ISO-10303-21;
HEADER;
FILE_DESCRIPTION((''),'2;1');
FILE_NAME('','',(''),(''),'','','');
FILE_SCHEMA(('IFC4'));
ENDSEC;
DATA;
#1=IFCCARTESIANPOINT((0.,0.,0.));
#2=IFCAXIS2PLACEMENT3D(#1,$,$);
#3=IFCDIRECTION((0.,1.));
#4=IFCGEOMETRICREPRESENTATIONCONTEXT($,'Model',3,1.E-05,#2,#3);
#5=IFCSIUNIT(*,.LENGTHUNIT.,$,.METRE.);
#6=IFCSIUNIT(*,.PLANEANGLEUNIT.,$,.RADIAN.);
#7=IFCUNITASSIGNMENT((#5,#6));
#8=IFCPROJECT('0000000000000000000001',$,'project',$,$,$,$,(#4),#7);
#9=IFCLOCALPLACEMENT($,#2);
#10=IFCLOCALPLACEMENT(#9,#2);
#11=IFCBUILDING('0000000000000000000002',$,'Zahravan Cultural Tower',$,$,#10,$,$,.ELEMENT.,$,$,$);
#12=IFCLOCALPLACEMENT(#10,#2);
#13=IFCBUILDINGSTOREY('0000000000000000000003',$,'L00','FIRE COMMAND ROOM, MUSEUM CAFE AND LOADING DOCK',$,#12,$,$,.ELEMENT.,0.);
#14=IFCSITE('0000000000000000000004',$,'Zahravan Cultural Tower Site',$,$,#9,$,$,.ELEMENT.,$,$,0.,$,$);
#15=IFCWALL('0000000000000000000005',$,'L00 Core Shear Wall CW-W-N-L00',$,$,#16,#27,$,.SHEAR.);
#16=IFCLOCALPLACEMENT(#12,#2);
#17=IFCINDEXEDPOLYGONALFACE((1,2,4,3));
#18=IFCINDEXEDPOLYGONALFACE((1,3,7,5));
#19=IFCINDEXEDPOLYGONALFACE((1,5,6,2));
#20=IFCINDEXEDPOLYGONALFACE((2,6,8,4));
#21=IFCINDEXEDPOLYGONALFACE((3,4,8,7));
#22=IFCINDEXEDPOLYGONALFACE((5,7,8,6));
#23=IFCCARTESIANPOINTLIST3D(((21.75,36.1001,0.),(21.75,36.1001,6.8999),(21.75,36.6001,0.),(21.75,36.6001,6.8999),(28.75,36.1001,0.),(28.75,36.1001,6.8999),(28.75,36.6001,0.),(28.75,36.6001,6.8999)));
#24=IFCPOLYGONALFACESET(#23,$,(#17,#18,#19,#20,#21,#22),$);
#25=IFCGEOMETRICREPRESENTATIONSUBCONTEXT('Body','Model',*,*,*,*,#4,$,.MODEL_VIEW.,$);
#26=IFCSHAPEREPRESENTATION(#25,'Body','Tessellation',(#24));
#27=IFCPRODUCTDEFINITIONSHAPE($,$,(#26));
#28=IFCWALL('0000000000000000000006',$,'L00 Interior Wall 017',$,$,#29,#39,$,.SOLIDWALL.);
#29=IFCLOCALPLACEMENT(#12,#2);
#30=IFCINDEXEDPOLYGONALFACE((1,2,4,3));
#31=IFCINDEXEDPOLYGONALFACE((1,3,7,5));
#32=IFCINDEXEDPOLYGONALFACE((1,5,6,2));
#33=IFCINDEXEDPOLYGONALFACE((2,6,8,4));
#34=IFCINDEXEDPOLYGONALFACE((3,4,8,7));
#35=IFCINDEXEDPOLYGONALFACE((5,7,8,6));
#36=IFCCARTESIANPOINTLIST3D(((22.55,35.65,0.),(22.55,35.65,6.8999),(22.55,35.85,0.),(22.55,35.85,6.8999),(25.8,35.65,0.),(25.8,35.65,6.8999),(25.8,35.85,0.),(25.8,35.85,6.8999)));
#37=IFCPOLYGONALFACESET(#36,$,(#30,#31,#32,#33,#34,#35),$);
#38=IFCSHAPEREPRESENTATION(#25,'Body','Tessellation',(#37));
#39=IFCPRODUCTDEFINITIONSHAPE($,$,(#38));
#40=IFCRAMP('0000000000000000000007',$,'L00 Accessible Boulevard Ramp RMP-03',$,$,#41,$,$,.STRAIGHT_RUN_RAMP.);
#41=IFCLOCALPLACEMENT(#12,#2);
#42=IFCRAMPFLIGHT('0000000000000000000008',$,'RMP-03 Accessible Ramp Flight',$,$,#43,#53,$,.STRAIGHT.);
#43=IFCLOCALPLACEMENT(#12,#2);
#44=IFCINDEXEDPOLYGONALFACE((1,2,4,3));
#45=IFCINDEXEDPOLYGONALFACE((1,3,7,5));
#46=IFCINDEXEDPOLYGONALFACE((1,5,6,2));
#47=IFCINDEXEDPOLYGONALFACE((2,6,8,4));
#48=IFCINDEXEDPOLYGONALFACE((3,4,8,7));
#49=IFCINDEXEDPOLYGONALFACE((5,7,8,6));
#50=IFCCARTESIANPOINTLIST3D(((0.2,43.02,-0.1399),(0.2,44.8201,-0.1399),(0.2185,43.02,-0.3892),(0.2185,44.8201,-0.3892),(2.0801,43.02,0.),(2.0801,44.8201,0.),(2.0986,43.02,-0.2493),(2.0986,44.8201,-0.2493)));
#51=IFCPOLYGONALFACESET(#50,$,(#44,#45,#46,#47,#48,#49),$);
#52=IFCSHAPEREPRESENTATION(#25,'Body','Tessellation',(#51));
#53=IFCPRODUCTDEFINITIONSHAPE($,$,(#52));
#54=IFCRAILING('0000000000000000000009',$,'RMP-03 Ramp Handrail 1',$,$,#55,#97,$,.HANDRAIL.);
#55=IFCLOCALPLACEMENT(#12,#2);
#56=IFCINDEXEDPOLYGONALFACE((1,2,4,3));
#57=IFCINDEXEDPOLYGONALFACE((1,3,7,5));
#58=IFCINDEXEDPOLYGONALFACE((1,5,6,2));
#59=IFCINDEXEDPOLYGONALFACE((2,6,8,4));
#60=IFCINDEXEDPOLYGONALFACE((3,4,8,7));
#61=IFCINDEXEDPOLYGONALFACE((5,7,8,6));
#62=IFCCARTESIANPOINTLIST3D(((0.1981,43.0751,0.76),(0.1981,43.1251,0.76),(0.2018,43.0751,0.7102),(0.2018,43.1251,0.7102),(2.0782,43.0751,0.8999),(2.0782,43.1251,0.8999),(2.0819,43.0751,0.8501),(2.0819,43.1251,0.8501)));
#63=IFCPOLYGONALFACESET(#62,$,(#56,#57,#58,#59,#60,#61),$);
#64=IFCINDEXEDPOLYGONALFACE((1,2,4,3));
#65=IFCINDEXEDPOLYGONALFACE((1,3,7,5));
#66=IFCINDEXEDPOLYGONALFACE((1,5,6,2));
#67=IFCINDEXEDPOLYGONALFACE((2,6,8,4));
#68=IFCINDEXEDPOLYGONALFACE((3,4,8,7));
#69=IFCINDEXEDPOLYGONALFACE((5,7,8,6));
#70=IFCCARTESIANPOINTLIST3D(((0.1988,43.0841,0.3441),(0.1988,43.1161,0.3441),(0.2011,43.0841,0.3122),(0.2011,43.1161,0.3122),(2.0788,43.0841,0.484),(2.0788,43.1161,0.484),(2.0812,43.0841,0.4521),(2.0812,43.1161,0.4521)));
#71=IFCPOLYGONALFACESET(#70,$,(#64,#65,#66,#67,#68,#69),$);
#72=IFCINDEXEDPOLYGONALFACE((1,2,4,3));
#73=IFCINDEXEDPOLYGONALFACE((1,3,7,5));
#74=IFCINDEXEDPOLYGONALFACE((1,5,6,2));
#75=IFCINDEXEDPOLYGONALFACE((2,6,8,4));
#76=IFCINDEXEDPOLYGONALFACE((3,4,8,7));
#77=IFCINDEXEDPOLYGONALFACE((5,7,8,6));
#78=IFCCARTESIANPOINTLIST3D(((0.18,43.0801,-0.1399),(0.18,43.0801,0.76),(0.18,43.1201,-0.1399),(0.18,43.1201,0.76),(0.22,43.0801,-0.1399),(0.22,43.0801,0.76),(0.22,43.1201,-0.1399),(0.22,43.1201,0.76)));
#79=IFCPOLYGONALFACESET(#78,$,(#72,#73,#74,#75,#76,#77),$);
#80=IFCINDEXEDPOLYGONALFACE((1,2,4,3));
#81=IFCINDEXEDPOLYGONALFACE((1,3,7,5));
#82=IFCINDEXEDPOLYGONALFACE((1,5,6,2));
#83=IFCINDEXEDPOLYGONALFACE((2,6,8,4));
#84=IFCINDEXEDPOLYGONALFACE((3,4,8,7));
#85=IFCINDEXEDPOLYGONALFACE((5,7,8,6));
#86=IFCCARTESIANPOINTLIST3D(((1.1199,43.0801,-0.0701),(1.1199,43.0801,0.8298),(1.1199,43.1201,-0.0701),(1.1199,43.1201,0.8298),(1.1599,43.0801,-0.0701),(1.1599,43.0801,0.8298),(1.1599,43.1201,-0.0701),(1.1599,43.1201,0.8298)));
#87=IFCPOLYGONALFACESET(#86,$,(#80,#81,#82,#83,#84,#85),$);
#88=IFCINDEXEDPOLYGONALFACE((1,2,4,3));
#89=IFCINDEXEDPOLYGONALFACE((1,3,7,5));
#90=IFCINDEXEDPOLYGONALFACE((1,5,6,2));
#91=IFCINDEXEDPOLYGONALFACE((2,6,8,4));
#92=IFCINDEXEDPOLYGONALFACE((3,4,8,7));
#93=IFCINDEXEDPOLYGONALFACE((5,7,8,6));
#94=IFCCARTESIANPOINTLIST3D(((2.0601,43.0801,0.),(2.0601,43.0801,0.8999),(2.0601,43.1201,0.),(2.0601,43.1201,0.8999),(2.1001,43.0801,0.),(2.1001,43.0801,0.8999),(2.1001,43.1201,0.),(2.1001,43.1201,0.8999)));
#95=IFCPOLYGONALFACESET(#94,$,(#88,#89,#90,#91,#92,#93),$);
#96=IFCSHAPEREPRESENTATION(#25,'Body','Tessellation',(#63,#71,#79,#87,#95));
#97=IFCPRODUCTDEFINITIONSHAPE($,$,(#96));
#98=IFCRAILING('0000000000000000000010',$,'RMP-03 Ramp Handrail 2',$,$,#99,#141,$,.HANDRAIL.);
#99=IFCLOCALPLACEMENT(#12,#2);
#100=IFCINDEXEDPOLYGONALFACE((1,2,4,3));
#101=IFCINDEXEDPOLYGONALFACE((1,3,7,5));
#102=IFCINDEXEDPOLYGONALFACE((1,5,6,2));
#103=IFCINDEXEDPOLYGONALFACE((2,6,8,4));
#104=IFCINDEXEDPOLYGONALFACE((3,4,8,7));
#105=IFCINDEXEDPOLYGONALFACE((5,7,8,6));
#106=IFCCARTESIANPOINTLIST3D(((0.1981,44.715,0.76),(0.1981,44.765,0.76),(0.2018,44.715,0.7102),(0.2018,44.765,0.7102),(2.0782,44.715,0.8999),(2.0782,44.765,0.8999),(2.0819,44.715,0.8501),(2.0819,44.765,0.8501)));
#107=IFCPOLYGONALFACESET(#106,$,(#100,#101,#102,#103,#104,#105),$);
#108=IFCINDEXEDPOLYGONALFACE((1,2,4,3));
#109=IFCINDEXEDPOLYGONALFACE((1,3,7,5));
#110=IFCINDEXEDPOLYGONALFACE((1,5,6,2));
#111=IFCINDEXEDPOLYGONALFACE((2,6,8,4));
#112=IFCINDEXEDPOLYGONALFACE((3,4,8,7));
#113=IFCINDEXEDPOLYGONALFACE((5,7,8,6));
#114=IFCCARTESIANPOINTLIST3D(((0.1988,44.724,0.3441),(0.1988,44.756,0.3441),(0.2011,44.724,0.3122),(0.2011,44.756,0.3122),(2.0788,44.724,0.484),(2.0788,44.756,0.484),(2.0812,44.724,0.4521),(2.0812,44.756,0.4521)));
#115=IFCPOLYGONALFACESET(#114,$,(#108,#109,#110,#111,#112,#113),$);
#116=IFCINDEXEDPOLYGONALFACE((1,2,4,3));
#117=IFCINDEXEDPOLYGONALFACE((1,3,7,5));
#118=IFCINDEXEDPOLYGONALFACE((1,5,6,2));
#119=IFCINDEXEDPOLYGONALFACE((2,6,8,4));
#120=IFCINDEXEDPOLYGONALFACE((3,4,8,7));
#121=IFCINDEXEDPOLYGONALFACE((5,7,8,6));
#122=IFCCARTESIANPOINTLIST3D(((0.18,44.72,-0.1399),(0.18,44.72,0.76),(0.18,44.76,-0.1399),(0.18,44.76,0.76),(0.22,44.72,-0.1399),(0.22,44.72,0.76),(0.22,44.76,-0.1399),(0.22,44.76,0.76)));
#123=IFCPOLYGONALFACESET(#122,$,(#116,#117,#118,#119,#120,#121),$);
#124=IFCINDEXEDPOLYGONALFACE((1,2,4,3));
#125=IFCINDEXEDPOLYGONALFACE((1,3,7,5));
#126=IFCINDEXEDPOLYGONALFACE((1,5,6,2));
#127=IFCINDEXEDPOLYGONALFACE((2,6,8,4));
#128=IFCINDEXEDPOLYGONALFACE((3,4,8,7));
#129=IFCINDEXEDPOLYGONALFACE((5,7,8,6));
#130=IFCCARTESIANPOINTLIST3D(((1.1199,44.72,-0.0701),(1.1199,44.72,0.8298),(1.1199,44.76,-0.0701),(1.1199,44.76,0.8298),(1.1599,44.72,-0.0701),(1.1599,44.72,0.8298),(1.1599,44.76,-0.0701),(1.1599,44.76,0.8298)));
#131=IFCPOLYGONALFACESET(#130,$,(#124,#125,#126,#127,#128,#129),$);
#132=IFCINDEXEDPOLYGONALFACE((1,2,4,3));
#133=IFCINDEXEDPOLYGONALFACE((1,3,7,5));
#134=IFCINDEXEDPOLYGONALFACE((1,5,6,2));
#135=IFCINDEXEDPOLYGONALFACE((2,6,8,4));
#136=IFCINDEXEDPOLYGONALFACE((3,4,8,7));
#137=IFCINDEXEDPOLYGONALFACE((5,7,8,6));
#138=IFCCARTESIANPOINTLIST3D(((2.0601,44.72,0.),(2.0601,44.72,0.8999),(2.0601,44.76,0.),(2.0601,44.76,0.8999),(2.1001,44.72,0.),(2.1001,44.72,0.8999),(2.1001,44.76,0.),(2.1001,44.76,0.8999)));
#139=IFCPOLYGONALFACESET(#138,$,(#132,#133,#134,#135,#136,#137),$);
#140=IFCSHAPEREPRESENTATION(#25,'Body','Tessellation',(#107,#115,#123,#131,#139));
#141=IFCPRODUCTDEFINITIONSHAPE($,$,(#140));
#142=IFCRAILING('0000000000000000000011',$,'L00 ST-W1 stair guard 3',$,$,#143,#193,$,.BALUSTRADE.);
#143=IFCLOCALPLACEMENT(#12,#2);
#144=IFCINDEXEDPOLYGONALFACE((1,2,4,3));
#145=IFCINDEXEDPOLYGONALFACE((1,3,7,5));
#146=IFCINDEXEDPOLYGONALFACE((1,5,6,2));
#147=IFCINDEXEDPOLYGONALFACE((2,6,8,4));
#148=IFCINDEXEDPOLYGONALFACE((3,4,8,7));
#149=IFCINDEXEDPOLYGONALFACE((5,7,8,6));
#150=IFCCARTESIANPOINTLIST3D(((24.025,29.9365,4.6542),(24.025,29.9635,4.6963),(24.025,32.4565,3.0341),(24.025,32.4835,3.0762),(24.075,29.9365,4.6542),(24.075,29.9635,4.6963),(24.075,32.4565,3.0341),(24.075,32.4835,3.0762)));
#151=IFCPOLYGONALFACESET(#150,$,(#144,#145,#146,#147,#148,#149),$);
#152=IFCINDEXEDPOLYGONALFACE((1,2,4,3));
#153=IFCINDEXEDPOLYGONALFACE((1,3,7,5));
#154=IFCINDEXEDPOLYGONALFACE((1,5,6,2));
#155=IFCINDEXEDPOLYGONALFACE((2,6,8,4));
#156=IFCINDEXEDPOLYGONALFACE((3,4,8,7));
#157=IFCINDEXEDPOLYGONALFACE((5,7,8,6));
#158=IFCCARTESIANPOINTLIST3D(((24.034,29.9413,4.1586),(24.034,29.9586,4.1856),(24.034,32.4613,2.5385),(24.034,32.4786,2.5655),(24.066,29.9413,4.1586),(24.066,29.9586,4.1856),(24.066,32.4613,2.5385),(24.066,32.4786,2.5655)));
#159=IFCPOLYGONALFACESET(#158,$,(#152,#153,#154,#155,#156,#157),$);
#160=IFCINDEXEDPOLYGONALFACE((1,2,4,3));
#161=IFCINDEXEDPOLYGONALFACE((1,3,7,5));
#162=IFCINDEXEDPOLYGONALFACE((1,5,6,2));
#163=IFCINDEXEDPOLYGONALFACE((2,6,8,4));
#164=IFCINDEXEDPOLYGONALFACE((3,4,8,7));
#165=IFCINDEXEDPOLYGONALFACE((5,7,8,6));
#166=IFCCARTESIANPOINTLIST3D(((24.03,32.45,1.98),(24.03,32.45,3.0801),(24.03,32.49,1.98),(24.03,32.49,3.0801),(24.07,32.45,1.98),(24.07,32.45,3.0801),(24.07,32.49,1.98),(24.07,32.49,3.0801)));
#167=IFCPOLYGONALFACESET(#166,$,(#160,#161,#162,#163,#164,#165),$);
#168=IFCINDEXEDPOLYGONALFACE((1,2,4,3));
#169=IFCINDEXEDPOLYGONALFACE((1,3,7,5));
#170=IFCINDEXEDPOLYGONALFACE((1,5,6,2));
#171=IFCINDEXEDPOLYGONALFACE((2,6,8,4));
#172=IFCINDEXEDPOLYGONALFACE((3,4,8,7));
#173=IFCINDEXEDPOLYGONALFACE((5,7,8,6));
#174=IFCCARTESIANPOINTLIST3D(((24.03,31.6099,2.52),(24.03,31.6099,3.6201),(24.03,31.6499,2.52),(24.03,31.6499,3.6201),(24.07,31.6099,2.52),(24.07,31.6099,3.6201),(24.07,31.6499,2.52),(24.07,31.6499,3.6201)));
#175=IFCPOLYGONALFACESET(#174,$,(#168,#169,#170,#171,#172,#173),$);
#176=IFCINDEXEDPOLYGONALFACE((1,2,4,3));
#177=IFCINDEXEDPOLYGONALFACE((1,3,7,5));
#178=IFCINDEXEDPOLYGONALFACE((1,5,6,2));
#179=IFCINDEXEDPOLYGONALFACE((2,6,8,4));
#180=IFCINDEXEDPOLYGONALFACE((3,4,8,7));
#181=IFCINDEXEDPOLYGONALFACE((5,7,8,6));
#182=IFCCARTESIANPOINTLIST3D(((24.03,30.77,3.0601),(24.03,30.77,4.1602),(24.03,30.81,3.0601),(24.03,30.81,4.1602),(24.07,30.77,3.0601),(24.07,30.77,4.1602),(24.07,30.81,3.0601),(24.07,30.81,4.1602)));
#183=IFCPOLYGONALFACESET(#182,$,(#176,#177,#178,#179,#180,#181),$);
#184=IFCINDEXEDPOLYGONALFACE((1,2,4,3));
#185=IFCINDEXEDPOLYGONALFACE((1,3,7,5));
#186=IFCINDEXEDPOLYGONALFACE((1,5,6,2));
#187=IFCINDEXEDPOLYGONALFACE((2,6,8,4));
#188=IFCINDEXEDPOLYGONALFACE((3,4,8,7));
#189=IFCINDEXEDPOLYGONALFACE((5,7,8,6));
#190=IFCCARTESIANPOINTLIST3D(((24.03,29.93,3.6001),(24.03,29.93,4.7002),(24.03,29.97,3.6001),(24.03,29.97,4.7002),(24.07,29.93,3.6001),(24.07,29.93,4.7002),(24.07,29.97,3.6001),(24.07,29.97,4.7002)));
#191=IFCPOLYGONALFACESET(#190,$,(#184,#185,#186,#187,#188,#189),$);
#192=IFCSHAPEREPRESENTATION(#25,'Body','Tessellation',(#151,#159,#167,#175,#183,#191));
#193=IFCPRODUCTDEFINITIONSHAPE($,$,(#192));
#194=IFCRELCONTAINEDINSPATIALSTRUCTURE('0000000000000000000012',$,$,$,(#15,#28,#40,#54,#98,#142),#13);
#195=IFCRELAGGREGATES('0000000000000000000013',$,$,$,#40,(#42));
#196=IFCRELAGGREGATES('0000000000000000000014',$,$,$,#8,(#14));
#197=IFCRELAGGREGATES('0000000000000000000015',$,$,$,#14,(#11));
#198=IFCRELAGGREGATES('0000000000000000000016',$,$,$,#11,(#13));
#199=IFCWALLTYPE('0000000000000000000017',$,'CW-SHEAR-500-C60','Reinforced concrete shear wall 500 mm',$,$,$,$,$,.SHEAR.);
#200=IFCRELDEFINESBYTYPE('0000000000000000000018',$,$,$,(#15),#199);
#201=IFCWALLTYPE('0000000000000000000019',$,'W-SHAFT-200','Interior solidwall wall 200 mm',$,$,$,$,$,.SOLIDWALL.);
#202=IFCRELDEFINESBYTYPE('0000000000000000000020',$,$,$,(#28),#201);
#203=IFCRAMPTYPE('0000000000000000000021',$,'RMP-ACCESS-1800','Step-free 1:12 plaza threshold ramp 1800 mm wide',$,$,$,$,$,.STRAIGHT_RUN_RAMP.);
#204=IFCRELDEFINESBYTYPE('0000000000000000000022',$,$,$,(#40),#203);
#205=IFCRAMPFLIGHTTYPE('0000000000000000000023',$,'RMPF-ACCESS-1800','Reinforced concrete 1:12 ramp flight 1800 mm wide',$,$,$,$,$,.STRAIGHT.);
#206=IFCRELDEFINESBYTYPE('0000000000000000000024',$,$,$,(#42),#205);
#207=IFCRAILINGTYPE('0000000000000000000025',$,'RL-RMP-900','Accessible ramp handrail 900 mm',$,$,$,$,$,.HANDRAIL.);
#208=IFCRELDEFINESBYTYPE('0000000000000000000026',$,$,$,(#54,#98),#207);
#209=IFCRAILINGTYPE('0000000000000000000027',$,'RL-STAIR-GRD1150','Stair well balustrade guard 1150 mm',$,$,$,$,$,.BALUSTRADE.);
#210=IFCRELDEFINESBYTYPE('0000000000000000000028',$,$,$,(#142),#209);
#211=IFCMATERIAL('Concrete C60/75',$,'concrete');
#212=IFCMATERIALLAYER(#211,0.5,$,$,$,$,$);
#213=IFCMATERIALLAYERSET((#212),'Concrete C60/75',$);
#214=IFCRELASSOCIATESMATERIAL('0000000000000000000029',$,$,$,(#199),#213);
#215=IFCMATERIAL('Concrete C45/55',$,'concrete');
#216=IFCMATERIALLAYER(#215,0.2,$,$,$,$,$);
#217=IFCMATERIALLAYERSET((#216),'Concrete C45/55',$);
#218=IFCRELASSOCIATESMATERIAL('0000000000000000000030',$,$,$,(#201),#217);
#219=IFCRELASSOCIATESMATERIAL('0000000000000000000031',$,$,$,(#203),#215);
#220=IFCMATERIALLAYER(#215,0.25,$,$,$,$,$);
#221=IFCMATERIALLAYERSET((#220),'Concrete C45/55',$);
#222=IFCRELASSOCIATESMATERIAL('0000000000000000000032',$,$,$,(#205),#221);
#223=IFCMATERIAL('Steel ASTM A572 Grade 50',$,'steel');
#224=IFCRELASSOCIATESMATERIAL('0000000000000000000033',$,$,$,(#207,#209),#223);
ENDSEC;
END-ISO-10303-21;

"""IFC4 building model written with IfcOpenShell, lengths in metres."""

from ifc_helpers import new_model, si_unit, direction, frame, frame_2d, origin, origin_2d, place, context, subcontext, project, spatial, polyline, rectangle, outline, extrude, source, transform, mapped, material, layer, layer_set, type_object, element, aggregate, save


model = new_model("IFC4")

# Units and contexts
model_context = context("Model", 3, precision=1e-05, world=origin(), true_north=direction((0.0, 1.0)))
body_context = subcontext(model_context, "Body", "Model", "MODEL_VIEW")
ifc_project = project(units=[si_unit("LENGTHUNIT", "METRE"), si_unit("PLANEANGLEUNIT", "RADIAN")], contexts=[model_context])

# Site, building, storey
site_placement = place(None, origin())
site = spatial("IfcSite", under=ifc_project, at=site_placement, Name="Zahravan Cultural Tower Site", CompositionType="ELEMENT", RefElevation=0.0)
building_placement = place(site_placement, origin())
building = spatial("IfcBuilding", under=site, at=building_placement, Name="Zahravan Cultural Tower", CompositionType="ELEMENT")
storey_placement = place(building_placement, origin())
storey = spatial("IfcBuildingStorey", under=building, at=storey_placement, Name="L00", Description="FIRE COMMAND ROOM, MUSEUM CAFE AND LOADING DOCK", CompositionType="ELEMENT", Elevation=0.0)

# Shared definitions
ifc_material_1 = material(Name="Concrete C60/75", Category="concrete")
ifc_material_2 = material(Name="Steel ASTM A572 Grade 50", Category="steel")

# Walls
ifc_layer_1 = layer(ifc_material_1, 0.5)
ifc_layer_set_1 = layer_set([ifc_layer_1], Name="Concrete C60/75")
wall_type_1 = type_object("IfcWallType", Name="CW-SHEAR-500-C60", Description="Reinforced concrete shear wall 500 mm", PredefinedType="SHEAR", material=ifc_layer_set_1)
shared_shape_1 = source(origin(), body_context, "Body", "SweptSolid", [
    extrude(rectangle(XDim=7.0, YDim=0.5, at=frame_2d((3.5, 0.0))), origin(), (0.0, 0.0, 1.0), 6.8999),
])
wall_1_placement = place(storey_placement, frame((21.75, 36.3501, 0.0), z_axis=(0.0, 0.0, 1.0), x_axis=(1.0, 0.0, 0.0)))
element("IfcWall", 1, at=wall_1_placement, inside=storey, type_object=wall_type_1, Name="L00 Core Shear Wall CW-W-N-L00", PredefinedType="SHEAR", context=body_context, shape_type="MappedRepresentation", body=[
    mapped(shared_shape_1, transform((0.0, 0.0, 0.0), x_axis=(1.0, 0.0, 0.0), y_axis=(0.0, 1.0, 0.0), z_axis=(0.0, 0.0, 1.0), scale=1.0)),
])
ifc_material_3 = material(Name="Concrete C45/55", Category="concrete")
ifc_layer_2 = layer(ifc_material_3, 0.2)
ifc_layer_set_2 = layer_set([ifc_layer_2], Name="Concrete C45/55")
wall_type_2 = type_object("IfcWallType", Name="W-SHAFT-200", Description="Interior solidwall wall 200 mm", PredefinedType="SOLIDWALL", material=ifc_layer_set_2)
shared_shape_2 = source(origin(), body_context, "Body", "SweptSolid", [
    extrude(rectangle(XDim=3.25, YDim=0.2, at=frame_2d((1.625, 0.0))), origin(), (0.0, 0.0, 1.0), 6.8999),
])
wall_2_placement = place(storey_placement, frame((22.55, 35.75, 0.0), z_axis=(0.0, 0.0, 1.0), x_axis=(1.0, 0.0, 0.0)))
element("IfcWall", 2, at=wall_2_placement, inside=storey, type_object=wall_type_2, Name="L00 Interior Wall 017", PredefinedType="SOLIDWALL", context=body_context, shape_type="MappedRepresentation", body=[
    mapped(shared_shape_2, transform((0.0, 0.0, 0.0), x_axis=(1.0, 0.0, 0.0), y_axis=(0.0, 1.0, 0.0), z_axis=(0.0, 0.0, 1.0), scale=1.0)),
])

# Ramp, ramp flight
ramp_type = type_object("IfcRampType", Name="RMP-ACCESS-1800", Description="Step-free 1:12 plaza threshold ramp 1800 mm wide", PredefinedType="STRAIGHT_RUN_RAMP", material=ifc_material_3)
ramp_placement = place(storey_placement, origin())
ramp = element("IfcRamp", 3, at=ramp_placement, inside=storey, type_object=ramp_type, Name="L00 Accessible Boulevard Ramp RMP-03", PredefinedType="STRAIGHT_RUN_RAMP")
ifc_layer_3 = layer(ifc_material_3, 0.25)
ifc_layer_set_3 = layer_set([ifc_layer_3], Name="Concrete C45/55")
ramp_flight_type = type_object("IfcRampFlightType", Name="RMPF-ACCESS-1800", Description="Reinforced concrete 1:12 ramp flight 1800 mm wide", PredefinedType="STRAIGHT", material=ifc_layer_set_3)
ramp_flight_placement = place(storey_placement, frame((0.2, 43.02, -0.1399), z_axis=(-0.074201, 0.0, 0.997243), x_axis=(0.0, 1.0, 0.0)))
ramp_flight = element("IfcRampFlight", 4, at=ramp_flight_placement, type_object=ramp_flight_type, Name="RMP-03 Accessible Ramp Flight", PredefinedType="STRAIGHT", context=body_context, shape_type="SweptSolid", body=[
    extrude(outline(polyline([(0.0, 0.0), (1.8, 0.0), (1.8, -1.8853), (0.0, -1.8853), (0.0, 0.0)])), origin(), (0.0, 0.0, -1.0), 0.25),
])
aggregate(ramp, [ramp_flight])

# Railings
railing_type_1 = type_object("IfcRailingType", Name="RL-RMP-900", Description="Accessible ramp handrail 900 mm", PredefinedType="HANDRAIL", material=ifc_material_2)
for number, where, name in (
    (5, (0.2, 43.1001, -0.1399), "RMP-03 Ramp Handrail 1"),
    (6, (0.2, 44.74, -0.1399), "RMP-03 Ramp Handrail 2"),
):
    element("IfcRailing", number, at=place(storey_placement, frame(where)), inside=storey, type_object=railing_type_1, Name=name, PredefinedType="HANDRAIL", context=body_context, shape_type="SweptSolid", body=[
        extrude(rectangle(XDim=0.05, YDim=0.05, at=origin_2d()), frame((0.0, 0.0, 0.875), z_axis=(0.997243, 0.0, 0.074201), x_axis=(0.0, 1.0, 0.0)), (0.0, 0.0, 1.0), 1.8853),
        extrude(rectangle(XDim=0.032, YDim=0.032, at=origin_2d()), frame((0.0, 0.0, 0.468), z_axis=(0.997243, 0.0, 0.074201), x_axis=(0.0, 1.0, 0.0)), (0.0, 0.0, 1.0), 1.8853),
        extrude(rectangle(XDim=0.04, YDim=0.04, at=origin_2d()), origin(), (0.0, 0.0, 1.0), 0.8999),
        extrude(rectangle(XDim=0.04, YDim=0.04, at=origin_2d()), frame((0.9399, 0.0, 0.0698)), (0.0, 0.0, 1.0), 0.8999),
        extrude(rectangle(XDim=0.04, YDim=0.04, at=origin_2d()), frame((1.8801, 0.0, 0.1399)), (0.0, 0.0, 1.0), 0.8999),
    ])
railing_type_2 = type_object("IfcRailingType", Name="RL-STAIR-GRD1150", Description="Stair well balustrade guard 1150 mm", PredefinedType="BALUSTRADE", material=ifc_material_2)
railing_1_placement = place(storey_placement, frame((24.05, 32.47, 1.98)))
element("IfcRailing", 7, at=railing_1_placement, inside=storey, type_object=railing_type_2, Name="L00 ST-W1 stair guard 3", PredefinedType="BALUSTRADE", context=body_context, shape_type="SweptSolid", body=[
    extrude(rectangle(XDim=0.05, YDim=0.05, at=origin_2d()), frame((0.0, 0.0, 1.0752), z_axis=(0.0, -0.841163, 0.540782), x_axis=(1.0, 0.0, 0.0)), (0.0, 0.0, 1.0), 2.9958),
    extrude(rectangle(XDim=0.032, YDim=0.032, at=origin_2d()), frame((0.0, 0.0, 0.572), z_axis=(0.0, -0.841163, 0.540782), x_axis=(1.0, 0.0, 0.0)), (0.0, 0.0, 1.0), 2.9958),
    extrude(rectangle(XDim=0.04, YDim=0.04, at=origin_2d()), origin(), (0.0, 0.0, 1.0), 1.1001),
    extrude(rectangle(XDim=0.04, YDim=0.04, at=origin_2d()), frame((0.0, -0.8401, 0.54)), (0.0, 0.0, 1.0), 1.1001),
    extrude(rectangle(XDim=0.04, YDim=0.04, at=origin_2d()), frame((0.0, -1.6799, 1.0801)), (0.0, 0.0, 1.0), 1.1001),
    extrude(rectangle(XDim=0.04, YDim=0.04, at=origin_2d()), frame((0.0, -2.52, 1.6201)), (0.0, 0.0, 1.0), 1.1001),
])

save(model, "model.ifc")
